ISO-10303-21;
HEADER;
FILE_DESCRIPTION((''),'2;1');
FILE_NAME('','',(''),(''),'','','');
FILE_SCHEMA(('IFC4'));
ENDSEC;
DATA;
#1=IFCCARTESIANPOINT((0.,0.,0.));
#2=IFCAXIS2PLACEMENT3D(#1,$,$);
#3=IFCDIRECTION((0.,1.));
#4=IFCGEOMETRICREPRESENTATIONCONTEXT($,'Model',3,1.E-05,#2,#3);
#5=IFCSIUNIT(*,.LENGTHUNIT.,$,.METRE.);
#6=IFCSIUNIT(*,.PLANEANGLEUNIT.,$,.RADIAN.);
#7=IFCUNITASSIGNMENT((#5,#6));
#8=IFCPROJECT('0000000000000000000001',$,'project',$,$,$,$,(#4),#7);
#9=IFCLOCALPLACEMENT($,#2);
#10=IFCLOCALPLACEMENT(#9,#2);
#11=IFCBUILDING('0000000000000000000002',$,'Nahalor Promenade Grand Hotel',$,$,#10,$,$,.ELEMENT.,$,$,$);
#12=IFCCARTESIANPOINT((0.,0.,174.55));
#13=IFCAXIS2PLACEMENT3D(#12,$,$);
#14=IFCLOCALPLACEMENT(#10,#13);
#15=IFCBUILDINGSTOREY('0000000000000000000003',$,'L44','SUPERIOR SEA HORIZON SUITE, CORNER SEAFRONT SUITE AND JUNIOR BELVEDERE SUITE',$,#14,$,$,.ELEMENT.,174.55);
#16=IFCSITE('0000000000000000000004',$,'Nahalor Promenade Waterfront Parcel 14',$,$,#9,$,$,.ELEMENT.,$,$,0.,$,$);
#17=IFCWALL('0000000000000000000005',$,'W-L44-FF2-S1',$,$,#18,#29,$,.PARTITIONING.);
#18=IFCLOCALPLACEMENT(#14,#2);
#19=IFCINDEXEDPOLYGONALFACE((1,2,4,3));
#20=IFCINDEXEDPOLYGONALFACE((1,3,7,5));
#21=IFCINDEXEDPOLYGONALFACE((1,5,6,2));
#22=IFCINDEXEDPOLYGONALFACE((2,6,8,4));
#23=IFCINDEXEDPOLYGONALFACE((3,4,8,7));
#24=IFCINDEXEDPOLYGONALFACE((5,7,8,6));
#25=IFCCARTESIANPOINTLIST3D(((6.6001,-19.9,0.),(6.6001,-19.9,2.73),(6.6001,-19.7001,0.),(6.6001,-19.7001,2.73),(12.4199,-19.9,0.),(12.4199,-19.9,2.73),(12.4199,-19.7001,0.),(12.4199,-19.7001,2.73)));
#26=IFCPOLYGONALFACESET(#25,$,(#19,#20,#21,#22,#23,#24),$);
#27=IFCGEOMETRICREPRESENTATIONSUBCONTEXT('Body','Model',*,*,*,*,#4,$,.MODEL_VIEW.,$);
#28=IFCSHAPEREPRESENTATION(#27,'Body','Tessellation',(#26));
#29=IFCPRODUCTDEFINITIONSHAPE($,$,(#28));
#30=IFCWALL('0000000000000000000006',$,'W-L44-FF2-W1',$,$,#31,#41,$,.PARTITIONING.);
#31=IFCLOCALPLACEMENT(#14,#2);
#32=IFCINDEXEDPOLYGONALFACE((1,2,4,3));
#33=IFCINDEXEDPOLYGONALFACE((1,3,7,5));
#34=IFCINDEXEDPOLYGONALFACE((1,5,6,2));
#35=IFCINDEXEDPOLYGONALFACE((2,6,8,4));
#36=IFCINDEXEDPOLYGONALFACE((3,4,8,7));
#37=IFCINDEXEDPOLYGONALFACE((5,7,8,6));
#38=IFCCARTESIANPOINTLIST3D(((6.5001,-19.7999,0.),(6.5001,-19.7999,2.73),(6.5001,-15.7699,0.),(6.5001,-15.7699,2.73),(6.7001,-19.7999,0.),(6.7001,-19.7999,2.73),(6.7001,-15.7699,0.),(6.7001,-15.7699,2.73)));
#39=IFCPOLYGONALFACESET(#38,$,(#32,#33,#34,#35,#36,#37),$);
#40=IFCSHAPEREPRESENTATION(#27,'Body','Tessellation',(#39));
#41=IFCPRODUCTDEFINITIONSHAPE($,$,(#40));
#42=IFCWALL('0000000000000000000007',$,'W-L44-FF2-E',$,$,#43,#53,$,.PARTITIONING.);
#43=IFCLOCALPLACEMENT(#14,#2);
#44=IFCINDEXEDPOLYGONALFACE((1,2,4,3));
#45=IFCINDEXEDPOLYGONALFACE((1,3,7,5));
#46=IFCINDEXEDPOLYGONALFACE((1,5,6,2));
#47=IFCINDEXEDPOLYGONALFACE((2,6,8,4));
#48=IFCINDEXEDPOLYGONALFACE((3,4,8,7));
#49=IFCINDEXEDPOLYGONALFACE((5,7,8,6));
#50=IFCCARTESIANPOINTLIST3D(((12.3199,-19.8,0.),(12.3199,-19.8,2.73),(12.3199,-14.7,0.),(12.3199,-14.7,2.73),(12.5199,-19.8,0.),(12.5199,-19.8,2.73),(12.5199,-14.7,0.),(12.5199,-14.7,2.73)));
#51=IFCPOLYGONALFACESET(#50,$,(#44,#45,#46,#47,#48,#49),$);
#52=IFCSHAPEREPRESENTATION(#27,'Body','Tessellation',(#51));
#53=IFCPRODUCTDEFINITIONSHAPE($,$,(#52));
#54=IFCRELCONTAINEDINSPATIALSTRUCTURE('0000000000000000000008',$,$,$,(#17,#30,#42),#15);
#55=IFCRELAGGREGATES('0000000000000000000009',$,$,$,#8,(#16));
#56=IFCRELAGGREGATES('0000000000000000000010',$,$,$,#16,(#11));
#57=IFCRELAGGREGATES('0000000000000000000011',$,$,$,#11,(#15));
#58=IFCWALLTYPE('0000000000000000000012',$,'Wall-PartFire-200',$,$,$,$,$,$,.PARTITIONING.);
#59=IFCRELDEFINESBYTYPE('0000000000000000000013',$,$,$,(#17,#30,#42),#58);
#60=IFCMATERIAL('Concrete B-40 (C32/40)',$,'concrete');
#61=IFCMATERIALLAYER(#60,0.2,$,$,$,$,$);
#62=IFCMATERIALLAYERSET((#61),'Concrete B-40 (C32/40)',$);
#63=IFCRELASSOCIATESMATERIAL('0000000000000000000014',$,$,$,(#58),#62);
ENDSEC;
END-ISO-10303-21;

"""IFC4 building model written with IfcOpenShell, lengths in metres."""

from ifc_helpers import new_model, si_unit, direction, frame, frame_2d, origin, place, context, subcontext, project, spatial, rectangle, extrude, source, transform, mapped, material, layer, layer_set, type_object, element, save


model = new_model("IFC4")

# Units and contexts
model_context = context("Model", 3, precision=1e-05, world=origin(), true_north=direction((0.0, 1.0)))
body_context = subcontext(model_context, "Body", "Model", "MODEL_VIEW")
ifc_project = project(units=[si_unit("LENGTHUNIT", "METRE"), si_unit("PLANEANGLEUNIT", "RADIAN")], contexts=[model_context])

# Site, building, storey
site_placement = place(None, origin())
site = spatial("IfcSite", under=ifc_project, at=site_placement, Name="Nahalor Promenade Waterfront Parcel 14", CompositionType="ELEMENT", RefElevation=0.0)
building_placement = place(site_placement, origin())
building = spatial("IfcBuilding", under=site, at=building_placement, Name="Nahalor Promenade Grand Hotel", CompositionType="ELEMENT")
storey_placement = place(building_placement, frame((0.0, 0.0, 174.55)))
storey = spatial("IfcBuildingStorey", under=building, at=storey_placement, Name="L44", Description="SUPERIOR SEA HORIZON SUITE, CORNER SEAFRONT SUITE AND JUNIOR BELVEDERE SUITE", CompositionType="ELEMENT", Elevation=174.55)

# Walls
ifc_material_1 = material(Name="Concrete B-40 (C32/40)", Category="concrete")
ifc_layer_1 = layer(ifc_material_1, 0.2)
ifc_layer_set_1 = layer_set([ifc_layer_1], Name="Concrete B-40 (C32/40)")
wall_type_1 = type_object("IfcWallType", Name="Wall-PartFire-200", PredefinedType="PARTITIONING", material=ifc_layer_set_1)
shared_shape_1 = source(origin(), body_context, "Body", "SweptSolid", [
    extrude(rectangle(XDim=5.8198, YDim=0.2, at=frame_2d((2.9099, 0.0))), origin(), (0.0, 0.0, 1.0), 2.73),
])
wall_1_placement = place(storey_placement, frame((6.6001, -19.8, 0.0), z_axis=(0.0, 0.0, 1.0), x_axis=(1.0, 0.0, 0.0)))
element("IfcWall", 1, at=wall_1_placement, inside=storey, type_object=wall_type_1, Name="W-L44-FF2-S1", PredefinedType="PARTITIONING", context=body_context, shape_type="MappedRepresentation", body=[
    mapped(shared_shape_1, transform((0.0, 0.0, 0.0), scale=1.0)),
])
shared_shape_2 = source(origin(), body_context, "Body", "SweptSolid", [
    extrude(rectangle(XDim=4.03, YDim=0.2, at=frame_2d((2.0151, 0.0))), origin(), (0.0, 0.0, 1.0), 2.73),
])
wall_2_placement = place(storey_placement, frame((6.6001, -19.8, 0.0), z_axis=(0.0, 0.0, 1.0), x_axis=(0.0, 1.0, 0.0)))
element("IfcWall", 2, at=wall_2_placement, inside=storey, type_object=wall_type_1, Name="W-L44-FF2-W1", PredefinedType="PARTITIONING", context=body_context, shape_type="MappedRepresentation", body=[
    mapped(shared_shape_2, transform((0.0, 0.0, 0.0), scale=1.0)),
])
shared_shape_3 = source(origin(), body_context, "Body", "SweptSolid", [
    extrude(rectangle(XDim=5.1001, YDim=0.2, at=frame_2d((2.55, 0.0))), origin(), (0.0, 0.0, 1.0), 2.73),
])
wall_3_placement = place(storey_placement, frame((12.4199, -19.8, 0.0), z_axis=(0.0, 0.0, 1.0), x_axis=(0.0, 1.0, 0.0)))
element("IfcWall", 3, at=wall_3_placement, inside=storey, type_object=wall_type_1, Name="W-L44-FF2-E", PredefinedType="PARTITIONING", context=body_context, shape_type="MappedRepresentation", body=[
    mapped(shared_shape_3, transform((0.0, 0.0, 0.0), scale=1.0)),
])

save(model, "model.ifc")
